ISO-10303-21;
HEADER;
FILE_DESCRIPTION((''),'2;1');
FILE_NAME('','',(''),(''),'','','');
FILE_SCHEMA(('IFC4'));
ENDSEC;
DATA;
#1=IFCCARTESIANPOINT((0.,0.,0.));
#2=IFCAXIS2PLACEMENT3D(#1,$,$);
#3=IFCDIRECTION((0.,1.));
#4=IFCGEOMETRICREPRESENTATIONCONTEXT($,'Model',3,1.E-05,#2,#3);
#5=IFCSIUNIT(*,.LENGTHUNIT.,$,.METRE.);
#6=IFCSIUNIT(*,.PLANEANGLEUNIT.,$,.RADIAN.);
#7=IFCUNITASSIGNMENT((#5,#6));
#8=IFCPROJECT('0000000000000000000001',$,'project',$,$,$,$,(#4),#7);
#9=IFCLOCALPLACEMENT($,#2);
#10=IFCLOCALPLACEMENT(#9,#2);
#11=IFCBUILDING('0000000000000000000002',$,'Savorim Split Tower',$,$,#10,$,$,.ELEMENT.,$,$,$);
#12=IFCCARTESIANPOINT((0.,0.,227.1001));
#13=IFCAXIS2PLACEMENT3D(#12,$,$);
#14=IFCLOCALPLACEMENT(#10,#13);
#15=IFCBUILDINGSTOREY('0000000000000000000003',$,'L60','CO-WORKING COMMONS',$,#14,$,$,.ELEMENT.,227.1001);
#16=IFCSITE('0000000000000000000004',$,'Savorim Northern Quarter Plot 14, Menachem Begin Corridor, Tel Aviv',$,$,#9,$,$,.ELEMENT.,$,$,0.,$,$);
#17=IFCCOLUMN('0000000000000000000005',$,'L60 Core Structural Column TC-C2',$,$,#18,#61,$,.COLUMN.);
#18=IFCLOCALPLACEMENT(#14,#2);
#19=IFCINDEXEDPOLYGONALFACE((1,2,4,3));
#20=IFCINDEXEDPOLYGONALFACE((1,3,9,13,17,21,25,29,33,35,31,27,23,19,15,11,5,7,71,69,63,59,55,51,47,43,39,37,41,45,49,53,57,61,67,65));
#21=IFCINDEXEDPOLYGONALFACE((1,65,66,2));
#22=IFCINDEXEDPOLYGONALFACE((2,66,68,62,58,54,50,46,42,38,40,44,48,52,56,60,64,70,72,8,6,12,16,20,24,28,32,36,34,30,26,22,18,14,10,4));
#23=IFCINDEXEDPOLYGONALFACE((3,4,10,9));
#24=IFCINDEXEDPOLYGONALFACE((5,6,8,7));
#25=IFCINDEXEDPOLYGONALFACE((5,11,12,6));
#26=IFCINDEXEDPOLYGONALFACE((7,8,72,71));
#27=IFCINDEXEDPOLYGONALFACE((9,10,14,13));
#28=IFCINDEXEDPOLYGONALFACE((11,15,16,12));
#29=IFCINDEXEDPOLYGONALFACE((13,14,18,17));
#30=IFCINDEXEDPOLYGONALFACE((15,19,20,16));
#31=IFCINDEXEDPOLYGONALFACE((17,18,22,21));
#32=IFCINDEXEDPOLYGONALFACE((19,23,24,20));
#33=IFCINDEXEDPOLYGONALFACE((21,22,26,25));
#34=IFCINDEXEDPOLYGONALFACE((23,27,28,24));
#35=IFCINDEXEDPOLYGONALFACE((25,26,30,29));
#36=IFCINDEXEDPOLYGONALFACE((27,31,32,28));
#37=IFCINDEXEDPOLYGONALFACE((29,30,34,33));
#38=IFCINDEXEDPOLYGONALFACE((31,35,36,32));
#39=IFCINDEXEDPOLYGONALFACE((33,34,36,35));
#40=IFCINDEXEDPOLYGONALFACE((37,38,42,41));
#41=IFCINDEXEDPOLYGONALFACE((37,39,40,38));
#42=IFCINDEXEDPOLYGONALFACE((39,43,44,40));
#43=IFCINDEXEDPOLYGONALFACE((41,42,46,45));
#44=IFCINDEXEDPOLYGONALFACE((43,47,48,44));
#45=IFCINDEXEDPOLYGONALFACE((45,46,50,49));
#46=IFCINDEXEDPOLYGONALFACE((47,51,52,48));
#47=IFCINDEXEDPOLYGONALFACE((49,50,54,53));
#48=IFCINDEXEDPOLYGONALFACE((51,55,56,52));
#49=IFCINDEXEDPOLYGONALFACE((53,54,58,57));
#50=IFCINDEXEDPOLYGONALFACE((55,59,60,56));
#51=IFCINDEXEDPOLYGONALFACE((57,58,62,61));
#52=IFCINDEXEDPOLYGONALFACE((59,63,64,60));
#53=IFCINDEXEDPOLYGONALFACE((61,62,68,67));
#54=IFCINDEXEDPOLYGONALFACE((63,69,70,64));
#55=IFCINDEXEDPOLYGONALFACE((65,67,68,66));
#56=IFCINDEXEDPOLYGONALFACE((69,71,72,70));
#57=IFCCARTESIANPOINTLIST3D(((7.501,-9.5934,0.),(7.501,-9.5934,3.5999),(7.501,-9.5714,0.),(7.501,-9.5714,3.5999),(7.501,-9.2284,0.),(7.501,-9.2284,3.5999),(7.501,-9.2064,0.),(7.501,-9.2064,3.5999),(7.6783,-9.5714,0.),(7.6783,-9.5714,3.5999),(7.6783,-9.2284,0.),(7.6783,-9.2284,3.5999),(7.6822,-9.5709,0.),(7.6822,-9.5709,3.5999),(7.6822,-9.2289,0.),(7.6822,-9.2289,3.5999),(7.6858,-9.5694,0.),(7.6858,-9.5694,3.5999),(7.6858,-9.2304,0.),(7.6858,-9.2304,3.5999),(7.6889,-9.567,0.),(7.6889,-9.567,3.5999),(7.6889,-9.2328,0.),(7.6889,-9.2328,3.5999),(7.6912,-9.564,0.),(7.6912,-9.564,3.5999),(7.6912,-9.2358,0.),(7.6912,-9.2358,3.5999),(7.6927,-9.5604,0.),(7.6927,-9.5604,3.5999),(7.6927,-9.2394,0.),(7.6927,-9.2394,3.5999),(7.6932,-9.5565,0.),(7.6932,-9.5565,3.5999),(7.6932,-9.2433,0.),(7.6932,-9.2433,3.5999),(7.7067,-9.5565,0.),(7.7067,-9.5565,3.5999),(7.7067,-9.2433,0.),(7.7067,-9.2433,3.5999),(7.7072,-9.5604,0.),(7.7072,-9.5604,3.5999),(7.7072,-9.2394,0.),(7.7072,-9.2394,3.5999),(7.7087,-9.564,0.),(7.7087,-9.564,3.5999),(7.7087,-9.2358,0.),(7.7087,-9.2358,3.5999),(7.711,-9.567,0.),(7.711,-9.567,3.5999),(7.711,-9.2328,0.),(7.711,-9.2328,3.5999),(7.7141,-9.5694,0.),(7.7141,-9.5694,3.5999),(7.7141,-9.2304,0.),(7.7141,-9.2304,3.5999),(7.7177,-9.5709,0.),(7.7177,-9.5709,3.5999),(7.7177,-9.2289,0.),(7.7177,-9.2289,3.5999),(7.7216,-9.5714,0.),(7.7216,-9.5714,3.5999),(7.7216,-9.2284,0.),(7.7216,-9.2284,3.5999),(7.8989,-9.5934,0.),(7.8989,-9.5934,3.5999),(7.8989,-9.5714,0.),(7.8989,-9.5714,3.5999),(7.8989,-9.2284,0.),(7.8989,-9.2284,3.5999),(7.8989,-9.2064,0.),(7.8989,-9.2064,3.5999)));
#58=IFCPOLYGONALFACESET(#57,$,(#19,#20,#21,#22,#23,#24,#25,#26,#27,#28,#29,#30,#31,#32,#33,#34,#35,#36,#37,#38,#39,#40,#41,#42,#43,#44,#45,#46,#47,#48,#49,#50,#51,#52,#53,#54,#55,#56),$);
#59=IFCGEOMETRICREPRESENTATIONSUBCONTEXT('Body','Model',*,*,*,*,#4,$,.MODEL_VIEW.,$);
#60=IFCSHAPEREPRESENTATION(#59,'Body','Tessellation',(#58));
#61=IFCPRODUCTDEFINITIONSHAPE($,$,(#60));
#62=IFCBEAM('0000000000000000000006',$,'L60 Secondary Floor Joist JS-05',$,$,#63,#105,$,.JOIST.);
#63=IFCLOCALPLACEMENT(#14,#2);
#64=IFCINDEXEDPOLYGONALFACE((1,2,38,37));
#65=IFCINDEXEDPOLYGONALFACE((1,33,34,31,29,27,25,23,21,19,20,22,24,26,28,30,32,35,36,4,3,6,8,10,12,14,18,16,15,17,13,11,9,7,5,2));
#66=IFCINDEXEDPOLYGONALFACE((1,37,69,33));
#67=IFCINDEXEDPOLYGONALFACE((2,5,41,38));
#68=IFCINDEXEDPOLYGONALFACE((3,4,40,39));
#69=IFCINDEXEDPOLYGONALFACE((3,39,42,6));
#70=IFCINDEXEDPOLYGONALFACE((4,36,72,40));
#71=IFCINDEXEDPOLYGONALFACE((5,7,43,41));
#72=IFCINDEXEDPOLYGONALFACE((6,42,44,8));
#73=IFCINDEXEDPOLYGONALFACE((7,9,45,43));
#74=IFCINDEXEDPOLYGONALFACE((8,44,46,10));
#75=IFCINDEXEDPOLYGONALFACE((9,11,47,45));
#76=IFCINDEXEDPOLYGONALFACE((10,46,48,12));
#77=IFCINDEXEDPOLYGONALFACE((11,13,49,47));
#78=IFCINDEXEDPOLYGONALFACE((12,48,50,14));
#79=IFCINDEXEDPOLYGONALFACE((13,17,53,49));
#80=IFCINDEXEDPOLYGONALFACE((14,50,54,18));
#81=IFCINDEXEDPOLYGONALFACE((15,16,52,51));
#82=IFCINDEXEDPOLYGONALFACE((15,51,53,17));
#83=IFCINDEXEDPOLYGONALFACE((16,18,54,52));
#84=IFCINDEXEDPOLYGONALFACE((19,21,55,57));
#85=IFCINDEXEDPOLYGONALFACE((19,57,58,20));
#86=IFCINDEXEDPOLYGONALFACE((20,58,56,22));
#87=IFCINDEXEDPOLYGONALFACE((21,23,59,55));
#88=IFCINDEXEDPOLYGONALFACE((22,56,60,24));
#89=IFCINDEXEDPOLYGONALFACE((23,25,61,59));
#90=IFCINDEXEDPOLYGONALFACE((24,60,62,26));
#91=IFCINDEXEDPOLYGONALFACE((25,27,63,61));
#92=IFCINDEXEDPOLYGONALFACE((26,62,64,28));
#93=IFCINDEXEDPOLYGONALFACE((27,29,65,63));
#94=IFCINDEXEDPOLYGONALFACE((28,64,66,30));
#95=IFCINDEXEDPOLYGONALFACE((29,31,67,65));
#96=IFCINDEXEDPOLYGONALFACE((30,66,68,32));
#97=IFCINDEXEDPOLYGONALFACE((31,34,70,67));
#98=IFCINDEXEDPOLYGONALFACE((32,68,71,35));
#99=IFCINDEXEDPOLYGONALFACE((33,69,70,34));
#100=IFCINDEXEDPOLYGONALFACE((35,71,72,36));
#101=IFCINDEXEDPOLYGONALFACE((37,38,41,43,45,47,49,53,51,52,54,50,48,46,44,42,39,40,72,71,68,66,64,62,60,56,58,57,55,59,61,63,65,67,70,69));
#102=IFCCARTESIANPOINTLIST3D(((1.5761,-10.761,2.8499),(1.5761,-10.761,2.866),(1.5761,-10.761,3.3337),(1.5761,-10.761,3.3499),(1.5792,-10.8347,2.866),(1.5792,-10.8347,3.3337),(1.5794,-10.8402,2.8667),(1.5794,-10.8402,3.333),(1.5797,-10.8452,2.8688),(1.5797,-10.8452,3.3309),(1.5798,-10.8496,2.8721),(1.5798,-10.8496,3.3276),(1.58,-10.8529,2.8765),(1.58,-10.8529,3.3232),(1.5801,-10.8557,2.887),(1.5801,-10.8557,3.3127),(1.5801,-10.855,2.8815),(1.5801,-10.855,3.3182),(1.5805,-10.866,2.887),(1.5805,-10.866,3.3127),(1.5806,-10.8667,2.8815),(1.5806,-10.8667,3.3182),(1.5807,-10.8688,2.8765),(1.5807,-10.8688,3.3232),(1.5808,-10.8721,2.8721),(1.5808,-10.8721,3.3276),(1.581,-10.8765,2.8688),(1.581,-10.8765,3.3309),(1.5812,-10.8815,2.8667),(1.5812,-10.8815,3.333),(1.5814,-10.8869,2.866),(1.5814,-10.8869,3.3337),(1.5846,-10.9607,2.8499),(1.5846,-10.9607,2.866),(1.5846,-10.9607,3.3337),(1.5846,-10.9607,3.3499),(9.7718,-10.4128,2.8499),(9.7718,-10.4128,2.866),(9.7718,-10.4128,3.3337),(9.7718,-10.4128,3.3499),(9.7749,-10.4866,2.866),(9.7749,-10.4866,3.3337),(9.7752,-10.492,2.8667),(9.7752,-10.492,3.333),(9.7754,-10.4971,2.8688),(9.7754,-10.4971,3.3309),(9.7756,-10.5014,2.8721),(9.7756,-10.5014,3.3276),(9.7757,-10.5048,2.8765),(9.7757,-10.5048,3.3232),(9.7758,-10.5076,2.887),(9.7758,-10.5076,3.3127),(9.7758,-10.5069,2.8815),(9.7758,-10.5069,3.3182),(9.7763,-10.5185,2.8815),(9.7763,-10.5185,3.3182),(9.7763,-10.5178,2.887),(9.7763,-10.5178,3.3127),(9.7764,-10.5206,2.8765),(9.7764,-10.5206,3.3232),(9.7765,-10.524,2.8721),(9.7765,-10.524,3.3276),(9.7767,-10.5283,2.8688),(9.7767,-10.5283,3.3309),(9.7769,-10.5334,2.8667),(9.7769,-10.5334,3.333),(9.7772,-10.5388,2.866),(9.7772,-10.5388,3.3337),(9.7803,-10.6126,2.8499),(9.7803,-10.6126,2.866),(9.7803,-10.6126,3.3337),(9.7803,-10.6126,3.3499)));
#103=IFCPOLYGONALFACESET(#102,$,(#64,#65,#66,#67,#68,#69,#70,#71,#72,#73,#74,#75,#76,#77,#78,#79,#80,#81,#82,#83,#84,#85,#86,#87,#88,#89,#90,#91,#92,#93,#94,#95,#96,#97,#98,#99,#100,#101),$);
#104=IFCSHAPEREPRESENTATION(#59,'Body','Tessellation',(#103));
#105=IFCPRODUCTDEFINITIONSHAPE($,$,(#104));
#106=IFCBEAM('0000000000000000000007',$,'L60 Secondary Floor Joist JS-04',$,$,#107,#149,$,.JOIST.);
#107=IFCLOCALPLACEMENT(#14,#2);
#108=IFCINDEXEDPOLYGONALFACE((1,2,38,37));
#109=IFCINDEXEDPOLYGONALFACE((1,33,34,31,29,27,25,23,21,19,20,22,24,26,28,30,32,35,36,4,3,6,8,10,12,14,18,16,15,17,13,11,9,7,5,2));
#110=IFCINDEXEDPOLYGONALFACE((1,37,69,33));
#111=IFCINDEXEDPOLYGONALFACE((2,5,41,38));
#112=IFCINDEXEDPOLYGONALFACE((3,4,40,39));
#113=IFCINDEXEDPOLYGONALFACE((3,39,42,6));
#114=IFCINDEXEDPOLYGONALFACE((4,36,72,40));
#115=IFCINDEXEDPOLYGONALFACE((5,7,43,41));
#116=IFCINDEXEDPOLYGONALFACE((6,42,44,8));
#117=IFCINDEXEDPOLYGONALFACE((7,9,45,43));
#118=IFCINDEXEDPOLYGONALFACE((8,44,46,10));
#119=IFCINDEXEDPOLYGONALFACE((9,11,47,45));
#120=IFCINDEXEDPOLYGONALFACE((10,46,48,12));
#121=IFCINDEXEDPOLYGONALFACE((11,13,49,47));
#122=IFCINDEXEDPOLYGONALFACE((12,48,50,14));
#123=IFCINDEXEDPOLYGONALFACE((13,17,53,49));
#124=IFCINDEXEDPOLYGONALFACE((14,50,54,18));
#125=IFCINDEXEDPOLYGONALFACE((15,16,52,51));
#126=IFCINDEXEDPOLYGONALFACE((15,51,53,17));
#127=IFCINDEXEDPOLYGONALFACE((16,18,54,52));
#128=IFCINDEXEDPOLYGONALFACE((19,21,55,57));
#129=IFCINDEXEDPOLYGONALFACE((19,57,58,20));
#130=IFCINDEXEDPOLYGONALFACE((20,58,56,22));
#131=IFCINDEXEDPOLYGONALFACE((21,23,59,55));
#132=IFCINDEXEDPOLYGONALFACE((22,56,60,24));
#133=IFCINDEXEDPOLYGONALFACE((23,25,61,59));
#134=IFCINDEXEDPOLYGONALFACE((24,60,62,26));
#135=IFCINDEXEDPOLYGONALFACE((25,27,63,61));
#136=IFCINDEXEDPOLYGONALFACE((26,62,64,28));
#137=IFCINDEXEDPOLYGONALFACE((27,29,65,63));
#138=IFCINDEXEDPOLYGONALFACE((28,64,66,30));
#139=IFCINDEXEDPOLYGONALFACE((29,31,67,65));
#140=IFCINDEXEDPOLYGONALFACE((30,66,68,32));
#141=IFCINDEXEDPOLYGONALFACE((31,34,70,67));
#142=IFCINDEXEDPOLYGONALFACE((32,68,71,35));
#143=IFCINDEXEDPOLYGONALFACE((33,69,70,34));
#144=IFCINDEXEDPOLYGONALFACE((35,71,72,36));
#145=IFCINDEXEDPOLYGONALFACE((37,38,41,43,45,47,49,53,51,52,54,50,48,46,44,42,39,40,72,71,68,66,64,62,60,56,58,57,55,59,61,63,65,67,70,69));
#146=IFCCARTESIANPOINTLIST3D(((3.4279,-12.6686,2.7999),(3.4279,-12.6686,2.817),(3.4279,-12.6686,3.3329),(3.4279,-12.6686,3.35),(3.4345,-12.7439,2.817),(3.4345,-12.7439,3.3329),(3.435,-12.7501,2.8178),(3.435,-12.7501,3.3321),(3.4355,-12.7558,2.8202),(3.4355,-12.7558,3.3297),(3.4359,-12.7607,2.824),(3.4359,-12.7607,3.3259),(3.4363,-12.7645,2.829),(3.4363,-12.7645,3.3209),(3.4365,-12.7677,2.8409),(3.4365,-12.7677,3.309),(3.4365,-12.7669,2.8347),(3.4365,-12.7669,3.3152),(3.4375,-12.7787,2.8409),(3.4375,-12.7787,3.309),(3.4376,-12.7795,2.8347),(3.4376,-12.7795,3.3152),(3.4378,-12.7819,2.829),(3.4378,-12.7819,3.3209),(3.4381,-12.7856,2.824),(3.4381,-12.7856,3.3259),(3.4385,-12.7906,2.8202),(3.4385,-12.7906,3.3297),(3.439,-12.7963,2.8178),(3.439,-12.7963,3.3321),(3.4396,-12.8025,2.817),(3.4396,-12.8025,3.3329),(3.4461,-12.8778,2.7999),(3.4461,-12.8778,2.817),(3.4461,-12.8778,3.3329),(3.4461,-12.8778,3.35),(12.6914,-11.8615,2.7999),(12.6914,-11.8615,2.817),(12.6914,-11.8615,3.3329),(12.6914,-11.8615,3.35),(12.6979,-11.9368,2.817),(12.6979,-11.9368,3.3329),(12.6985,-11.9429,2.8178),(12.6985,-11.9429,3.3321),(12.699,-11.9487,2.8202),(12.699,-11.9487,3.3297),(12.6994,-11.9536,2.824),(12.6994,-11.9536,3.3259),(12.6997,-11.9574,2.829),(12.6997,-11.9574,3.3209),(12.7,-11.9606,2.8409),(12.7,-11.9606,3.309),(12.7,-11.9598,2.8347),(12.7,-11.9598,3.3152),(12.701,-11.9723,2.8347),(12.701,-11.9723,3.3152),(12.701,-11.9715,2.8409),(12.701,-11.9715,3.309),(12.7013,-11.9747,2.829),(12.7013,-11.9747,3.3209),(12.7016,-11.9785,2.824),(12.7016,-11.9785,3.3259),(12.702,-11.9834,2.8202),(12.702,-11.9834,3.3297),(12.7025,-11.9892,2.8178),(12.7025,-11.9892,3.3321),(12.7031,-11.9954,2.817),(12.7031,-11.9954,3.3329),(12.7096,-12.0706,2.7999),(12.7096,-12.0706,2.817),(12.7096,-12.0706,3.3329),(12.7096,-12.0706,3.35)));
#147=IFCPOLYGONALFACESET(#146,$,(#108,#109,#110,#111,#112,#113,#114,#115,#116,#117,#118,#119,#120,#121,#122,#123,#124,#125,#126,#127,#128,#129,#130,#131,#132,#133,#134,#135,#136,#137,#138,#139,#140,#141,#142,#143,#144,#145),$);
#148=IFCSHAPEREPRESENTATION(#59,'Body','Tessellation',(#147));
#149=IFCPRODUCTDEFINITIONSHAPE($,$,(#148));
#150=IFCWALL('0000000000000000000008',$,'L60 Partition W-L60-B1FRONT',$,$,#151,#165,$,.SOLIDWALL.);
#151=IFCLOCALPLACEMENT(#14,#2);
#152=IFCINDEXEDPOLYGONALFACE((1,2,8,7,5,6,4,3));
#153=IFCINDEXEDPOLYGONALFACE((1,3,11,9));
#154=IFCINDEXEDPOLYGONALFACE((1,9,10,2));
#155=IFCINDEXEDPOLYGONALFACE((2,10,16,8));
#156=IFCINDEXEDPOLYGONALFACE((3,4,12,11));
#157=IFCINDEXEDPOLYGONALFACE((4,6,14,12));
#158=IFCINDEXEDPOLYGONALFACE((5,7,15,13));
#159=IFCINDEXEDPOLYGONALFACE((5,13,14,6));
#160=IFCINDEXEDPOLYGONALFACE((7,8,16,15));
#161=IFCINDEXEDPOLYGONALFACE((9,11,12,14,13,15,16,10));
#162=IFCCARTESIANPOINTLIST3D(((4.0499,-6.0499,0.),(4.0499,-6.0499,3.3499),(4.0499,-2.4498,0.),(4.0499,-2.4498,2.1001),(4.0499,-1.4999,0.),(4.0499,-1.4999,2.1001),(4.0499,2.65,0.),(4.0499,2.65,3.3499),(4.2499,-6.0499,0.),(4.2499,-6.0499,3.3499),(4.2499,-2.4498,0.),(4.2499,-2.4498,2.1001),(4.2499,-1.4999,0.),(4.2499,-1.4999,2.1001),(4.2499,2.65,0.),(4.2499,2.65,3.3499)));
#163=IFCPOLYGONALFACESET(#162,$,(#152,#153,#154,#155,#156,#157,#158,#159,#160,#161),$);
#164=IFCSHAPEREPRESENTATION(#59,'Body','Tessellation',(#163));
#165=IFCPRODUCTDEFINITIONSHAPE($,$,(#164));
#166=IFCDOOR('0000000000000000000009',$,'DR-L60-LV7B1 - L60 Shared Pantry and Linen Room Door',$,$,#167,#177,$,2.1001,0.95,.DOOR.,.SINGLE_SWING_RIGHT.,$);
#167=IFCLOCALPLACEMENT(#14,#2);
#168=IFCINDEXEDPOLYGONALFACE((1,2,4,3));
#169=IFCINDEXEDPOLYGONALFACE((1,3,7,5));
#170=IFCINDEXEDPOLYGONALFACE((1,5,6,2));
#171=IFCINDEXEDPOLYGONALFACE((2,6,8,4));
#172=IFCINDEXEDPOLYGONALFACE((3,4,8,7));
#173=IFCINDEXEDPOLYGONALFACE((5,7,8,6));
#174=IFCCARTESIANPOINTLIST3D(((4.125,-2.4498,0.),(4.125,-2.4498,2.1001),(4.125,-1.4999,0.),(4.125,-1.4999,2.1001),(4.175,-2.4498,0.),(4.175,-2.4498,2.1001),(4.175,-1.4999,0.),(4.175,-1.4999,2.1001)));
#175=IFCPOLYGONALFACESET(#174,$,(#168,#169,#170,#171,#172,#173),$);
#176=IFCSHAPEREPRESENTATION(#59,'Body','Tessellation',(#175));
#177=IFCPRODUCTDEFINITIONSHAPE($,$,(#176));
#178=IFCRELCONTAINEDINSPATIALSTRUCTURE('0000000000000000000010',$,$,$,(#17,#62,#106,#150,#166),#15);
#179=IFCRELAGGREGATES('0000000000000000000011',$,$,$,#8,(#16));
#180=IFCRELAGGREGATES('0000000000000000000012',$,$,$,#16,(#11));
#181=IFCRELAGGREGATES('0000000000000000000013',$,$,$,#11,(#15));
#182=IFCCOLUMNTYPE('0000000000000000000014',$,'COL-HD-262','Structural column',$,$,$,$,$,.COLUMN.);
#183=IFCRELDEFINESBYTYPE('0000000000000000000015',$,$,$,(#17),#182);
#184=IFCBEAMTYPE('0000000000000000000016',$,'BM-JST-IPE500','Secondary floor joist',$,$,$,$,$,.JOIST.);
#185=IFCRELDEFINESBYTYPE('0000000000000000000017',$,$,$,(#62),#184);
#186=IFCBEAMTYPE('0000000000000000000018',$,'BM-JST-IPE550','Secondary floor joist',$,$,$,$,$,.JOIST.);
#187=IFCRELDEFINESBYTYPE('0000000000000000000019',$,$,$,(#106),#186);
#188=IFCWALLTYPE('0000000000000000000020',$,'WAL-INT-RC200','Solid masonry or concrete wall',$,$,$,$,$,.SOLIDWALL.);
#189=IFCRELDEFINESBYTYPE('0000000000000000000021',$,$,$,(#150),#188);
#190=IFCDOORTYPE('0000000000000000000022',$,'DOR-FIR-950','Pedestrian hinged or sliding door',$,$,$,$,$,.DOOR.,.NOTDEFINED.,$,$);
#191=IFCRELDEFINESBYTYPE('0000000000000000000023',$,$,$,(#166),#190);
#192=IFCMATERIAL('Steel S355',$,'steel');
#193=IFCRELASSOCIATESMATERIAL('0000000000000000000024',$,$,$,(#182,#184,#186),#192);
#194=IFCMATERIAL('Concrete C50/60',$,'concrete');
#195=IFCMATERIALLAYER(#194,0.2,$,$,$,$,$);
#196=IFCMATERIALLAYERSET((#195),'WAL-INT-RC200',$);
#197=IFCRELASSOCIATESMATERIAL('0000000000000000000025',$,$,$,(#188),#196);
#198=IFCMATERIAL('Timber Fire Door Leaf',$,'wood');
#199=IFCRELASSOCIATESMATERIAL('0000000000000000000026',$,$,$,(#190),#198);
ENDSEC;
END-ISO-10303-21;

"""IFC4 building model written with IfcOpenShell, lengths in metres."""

from ifc_helpers import new_model, si_unit, direction, frame, frame_2d, origin, origin_2d, place, context, subcontext, project, spatial, rectangle, i_section, extrude, material, layer, layer_set, material_profile, profile_set, type_object, element, fill, save


model = new_model("IFC4")

# Units and contexts
model_context = context("Model", 3, precision=1e-05, world=origin(), true_north=direction((0.0, 1.0)))
body_context = subcontext(model_context, "Body", "Model", "MODEL_VIEW")
ifc_project = project(units=[si_unit("LENGTHUNIT", "METRE"), si_unit("PLANEANGLEUNIT", "RADIAN")], contexts=[model_context])

# Site, building, storey
site_placement = place(None, origin())
site = spatial("IfcSite", under=ifc_project, at=site_placement, Name="Savorim Northern Quarter Plot 14, Menachem Begin Corridor, Tel Aviv", CompositionType="ELEMENT", RefElevation=0.0)
building_placement = place(site_placement, origin())
building = spatial("IfcBuilding", under=site, at=building_placement, Name="Savorim Split Tower", CompositionType="ELEMENT")
storey_placement = place(building_placement, frame((0.0, 0.0, 227.1001)))
storey = spatial("IfcBuildingStorey", under=building, at=storey_placement, Name="L60", Description="CO-WORKING COMMONS", CompositionType="ELEMENT", Elevation=227.1001)

# Column
ifc_material_1 = material(Name="Steel S355", Category="steel")
ifc_material_profile_1 = material_profile(ifc_material_1, i_section(OverallWidth=0.3979, OverallDepth=0.387, WebThickness=0.0134, FlangeThickness=0.022, FilletRadius=0.0149, at=origin_2d()), Name="HD 400x262")
ifc_profile_set_1 = profile_set([ifc_material_profile_1], Name="Steel S355")
column_type = type_object("IfcColumnType", Name="COL-HD-262", Description="Structural column", PredefinedType="COLUMN", material=ifc_profile_set_1)
column_placement = place(storey_placement, frame((7.7, -9.3999, 0.0), z_axis=(0.0, 0.0, 1.0), x_axis=(1.0, 0.0, 0.0)))
element("IfcColumn", 1, at=column_placement, inside=storey, type_object=column_type, Name="L60 Core Structural Column TC-C2", PredefinedType="COLUMN", context=body_context, shape_type="SweptSolid", body=[
    extrude(i_section(OverallWidth=0.3979, OverallDepth=0.387, WebThickness=0.0134, FlangeThickness=0.022, FilletRadius=0.0149, at=origin_2d()), origin(), (0.0, 0.0, 1.0), 3.5999),
])

# Beams
ifc_material_profile_2 = material_profile(ifc_material_1, i_section(OverallWidth=0.2, OverallDepth=0.5, WebThickness=0.0103, FlangeThickness=0.0161, FilletRadius=0.021, at=origin_2d()), Name="IPE 500")
ifc_profile_set_2 = profile_set([ifc_material_profile_2], Name="Steel S355")
beam_type_1 = type_object("IfcBeamType", Name="BM-JST-IPE500", Description="Secondary floor joist", PredefinedType="JOIST", material=ifc_profile_set_2)
beam_1_placement = place(storey_placement, frame((1.5803, -10.8608, 3.0999), z_axis=(0.999099, 0.04244, 0.0), x_axis=(-0.04244, 0.999099, 0.0)))
element("IfcBeam", 2, at=beam_1_placement, inside=storey, type_object=beam_type_1, Name="L60 Secondary Floor Joist JS-05", PredefinedType="JOIST", context=body_context, shape_type="SweptSolid", body=[
    extrude(i_section(OverallWidth=0.2, OverallDepth=0.5, WebThickness=0.0103, FlangeThickness=0.0161, FilletRadius=0.021, at=origin_2d()), origin(), (0.0, 0.0, 1.0), 8.2031),
])
ifc_material_profile_3 = material_profile(ifc_material_1, i_section(OverallWidth=0.21, OverallDepth=0.55, WebThickness=0.011, FlangeThickness=0.0171, FilletRadius=0.0239, at=origin_2d()), Name="IPE 550")
ifc_profile_set_3 = profile_set([ifc_material_profile_3], Name="Steel S355")
beam_type_2 = type_object("IfcBeamType", Name="BM-JST-IPE550", Description="Secondary floor joist", PredefinedType="JOIST", material=ifc_profile_set_3)
beam_2_placement = place(storey_placement, frame((3.437, -12.7732, 3.075), z_axis=(0.996226, 0.086802, 0.0), x_axis=(-0.086802, 0.996226, 0.0)))
element("IfcBeam", 3, at=beam_2_placement, inside=storey, type_object=beam_type_2, Name="L60 Secondary Floor Joist JS-04", PredefinedType="JOIST", context=body_context, shape_type="SweptSolid", body=[
    extrude(i_section(OverallWidth=0.21, OverallDepth=0.55, WebThickness=0.011, FlangeThickness=0.0171, FilletRadius=0.0239, at=origin_2d()), origin(), (0.0, 0.0, 1.0), 9.2986),
])

# Wall, opening, door
ifc_material_2 = material(Name="Concrete C50/60", Category="concrete")
ifc_layer_1 = layer(ifc_material_2, 0.2)
ifc_layer_set_1 = layer_set([ifc_layer_1], Name="WAL-INT-RC200")
wall_type_1 = type_object("IfcWallType", Name="WAL-INT-RC200", Description="Solid masonry or concrete wall", PredefinedType="SOLIDWALL", material=ifc_layer_set_1)
wall_1_placement = place(storey_placement, frame((4.1499, -6.05, 0.0), z_axis=(0.0, 0.0, 1.0), x_axis=(0.0, 1.0, 0.0)))
wall_1 = element("IfcWall", 4, at=wall_1_placement, inside=storey, type_object=wall_type_1, Name="L60 Partition W-L60-B1FRONT", PredefinedType="SOLIDWALL", context=body_context, shape_type="SweptSolid", body=[
    extrude(rectangle(XDim=8.7, YDim=0.2, at=frame_2d((4.3501, 0.0))), origin(), (0.0, 0.0, 1.0), 3.3499),
])
opening_1_placement = place(wall_1_placement, frame((3.6001, 0.0, 0.0)))
opening_1 = element("IfcOpeningElement", 5, at=opening_1_placement, cuts=wall_1, PredefinedType="OPENING", context=body_context, shape_type="SweptSolid", body=[
    extrude(rectangle(XDim=0.95, YDim=2.1001, at=frame_2d((0.4751, 1.05))), frame((0.0, 0.1099, 0.0), z_axis=(0.0, -1.0, 0.0), x_axis=(1.0, 0.0, 0.0)), (0.0, 0.0, 1.0), 0.22),
])
ifc_material_3 = material(Name="Timber Fire Door Leaf", Category="wood")
door_type_1 = type_object("IfcDoorType", Name="DOR-FIR-950", Description="Pedestrian hinged or sliding door", OperationType="NOTDEFINED", PredefinedType="DOOR", material=ifc_material_3)
door_1_placement = place(opening_1_placement, origin())
door_1 = element("IfcDoor", 6, at=door_1_placement, inside=storey, type_object=door_type_1, Name="DR-L60-LV7B1 - L60 Shared Pantry and Linen Room Door", OperationType="SINGLE_SWING_RIGHT", OverallHeight=2.1001, OverallWidth=0.95, PredefinedType="DOOR", context=body_context, shape_type="SweptSolid", body=[
    extrude(rectangle(XDim=0.95, YDim=2.1001, at=frame_2d((0.4751, 1.05))), frame((0.0, 0.0249, 0.0), z_axis=(0.0, -1.0, 0.0), x_axis=(1.0, 0.0, 0.0)), (0.0, 0.0, 1.0), 0.05),
])
fill(opening_1, door_1)

save(model, "model.ifc")
